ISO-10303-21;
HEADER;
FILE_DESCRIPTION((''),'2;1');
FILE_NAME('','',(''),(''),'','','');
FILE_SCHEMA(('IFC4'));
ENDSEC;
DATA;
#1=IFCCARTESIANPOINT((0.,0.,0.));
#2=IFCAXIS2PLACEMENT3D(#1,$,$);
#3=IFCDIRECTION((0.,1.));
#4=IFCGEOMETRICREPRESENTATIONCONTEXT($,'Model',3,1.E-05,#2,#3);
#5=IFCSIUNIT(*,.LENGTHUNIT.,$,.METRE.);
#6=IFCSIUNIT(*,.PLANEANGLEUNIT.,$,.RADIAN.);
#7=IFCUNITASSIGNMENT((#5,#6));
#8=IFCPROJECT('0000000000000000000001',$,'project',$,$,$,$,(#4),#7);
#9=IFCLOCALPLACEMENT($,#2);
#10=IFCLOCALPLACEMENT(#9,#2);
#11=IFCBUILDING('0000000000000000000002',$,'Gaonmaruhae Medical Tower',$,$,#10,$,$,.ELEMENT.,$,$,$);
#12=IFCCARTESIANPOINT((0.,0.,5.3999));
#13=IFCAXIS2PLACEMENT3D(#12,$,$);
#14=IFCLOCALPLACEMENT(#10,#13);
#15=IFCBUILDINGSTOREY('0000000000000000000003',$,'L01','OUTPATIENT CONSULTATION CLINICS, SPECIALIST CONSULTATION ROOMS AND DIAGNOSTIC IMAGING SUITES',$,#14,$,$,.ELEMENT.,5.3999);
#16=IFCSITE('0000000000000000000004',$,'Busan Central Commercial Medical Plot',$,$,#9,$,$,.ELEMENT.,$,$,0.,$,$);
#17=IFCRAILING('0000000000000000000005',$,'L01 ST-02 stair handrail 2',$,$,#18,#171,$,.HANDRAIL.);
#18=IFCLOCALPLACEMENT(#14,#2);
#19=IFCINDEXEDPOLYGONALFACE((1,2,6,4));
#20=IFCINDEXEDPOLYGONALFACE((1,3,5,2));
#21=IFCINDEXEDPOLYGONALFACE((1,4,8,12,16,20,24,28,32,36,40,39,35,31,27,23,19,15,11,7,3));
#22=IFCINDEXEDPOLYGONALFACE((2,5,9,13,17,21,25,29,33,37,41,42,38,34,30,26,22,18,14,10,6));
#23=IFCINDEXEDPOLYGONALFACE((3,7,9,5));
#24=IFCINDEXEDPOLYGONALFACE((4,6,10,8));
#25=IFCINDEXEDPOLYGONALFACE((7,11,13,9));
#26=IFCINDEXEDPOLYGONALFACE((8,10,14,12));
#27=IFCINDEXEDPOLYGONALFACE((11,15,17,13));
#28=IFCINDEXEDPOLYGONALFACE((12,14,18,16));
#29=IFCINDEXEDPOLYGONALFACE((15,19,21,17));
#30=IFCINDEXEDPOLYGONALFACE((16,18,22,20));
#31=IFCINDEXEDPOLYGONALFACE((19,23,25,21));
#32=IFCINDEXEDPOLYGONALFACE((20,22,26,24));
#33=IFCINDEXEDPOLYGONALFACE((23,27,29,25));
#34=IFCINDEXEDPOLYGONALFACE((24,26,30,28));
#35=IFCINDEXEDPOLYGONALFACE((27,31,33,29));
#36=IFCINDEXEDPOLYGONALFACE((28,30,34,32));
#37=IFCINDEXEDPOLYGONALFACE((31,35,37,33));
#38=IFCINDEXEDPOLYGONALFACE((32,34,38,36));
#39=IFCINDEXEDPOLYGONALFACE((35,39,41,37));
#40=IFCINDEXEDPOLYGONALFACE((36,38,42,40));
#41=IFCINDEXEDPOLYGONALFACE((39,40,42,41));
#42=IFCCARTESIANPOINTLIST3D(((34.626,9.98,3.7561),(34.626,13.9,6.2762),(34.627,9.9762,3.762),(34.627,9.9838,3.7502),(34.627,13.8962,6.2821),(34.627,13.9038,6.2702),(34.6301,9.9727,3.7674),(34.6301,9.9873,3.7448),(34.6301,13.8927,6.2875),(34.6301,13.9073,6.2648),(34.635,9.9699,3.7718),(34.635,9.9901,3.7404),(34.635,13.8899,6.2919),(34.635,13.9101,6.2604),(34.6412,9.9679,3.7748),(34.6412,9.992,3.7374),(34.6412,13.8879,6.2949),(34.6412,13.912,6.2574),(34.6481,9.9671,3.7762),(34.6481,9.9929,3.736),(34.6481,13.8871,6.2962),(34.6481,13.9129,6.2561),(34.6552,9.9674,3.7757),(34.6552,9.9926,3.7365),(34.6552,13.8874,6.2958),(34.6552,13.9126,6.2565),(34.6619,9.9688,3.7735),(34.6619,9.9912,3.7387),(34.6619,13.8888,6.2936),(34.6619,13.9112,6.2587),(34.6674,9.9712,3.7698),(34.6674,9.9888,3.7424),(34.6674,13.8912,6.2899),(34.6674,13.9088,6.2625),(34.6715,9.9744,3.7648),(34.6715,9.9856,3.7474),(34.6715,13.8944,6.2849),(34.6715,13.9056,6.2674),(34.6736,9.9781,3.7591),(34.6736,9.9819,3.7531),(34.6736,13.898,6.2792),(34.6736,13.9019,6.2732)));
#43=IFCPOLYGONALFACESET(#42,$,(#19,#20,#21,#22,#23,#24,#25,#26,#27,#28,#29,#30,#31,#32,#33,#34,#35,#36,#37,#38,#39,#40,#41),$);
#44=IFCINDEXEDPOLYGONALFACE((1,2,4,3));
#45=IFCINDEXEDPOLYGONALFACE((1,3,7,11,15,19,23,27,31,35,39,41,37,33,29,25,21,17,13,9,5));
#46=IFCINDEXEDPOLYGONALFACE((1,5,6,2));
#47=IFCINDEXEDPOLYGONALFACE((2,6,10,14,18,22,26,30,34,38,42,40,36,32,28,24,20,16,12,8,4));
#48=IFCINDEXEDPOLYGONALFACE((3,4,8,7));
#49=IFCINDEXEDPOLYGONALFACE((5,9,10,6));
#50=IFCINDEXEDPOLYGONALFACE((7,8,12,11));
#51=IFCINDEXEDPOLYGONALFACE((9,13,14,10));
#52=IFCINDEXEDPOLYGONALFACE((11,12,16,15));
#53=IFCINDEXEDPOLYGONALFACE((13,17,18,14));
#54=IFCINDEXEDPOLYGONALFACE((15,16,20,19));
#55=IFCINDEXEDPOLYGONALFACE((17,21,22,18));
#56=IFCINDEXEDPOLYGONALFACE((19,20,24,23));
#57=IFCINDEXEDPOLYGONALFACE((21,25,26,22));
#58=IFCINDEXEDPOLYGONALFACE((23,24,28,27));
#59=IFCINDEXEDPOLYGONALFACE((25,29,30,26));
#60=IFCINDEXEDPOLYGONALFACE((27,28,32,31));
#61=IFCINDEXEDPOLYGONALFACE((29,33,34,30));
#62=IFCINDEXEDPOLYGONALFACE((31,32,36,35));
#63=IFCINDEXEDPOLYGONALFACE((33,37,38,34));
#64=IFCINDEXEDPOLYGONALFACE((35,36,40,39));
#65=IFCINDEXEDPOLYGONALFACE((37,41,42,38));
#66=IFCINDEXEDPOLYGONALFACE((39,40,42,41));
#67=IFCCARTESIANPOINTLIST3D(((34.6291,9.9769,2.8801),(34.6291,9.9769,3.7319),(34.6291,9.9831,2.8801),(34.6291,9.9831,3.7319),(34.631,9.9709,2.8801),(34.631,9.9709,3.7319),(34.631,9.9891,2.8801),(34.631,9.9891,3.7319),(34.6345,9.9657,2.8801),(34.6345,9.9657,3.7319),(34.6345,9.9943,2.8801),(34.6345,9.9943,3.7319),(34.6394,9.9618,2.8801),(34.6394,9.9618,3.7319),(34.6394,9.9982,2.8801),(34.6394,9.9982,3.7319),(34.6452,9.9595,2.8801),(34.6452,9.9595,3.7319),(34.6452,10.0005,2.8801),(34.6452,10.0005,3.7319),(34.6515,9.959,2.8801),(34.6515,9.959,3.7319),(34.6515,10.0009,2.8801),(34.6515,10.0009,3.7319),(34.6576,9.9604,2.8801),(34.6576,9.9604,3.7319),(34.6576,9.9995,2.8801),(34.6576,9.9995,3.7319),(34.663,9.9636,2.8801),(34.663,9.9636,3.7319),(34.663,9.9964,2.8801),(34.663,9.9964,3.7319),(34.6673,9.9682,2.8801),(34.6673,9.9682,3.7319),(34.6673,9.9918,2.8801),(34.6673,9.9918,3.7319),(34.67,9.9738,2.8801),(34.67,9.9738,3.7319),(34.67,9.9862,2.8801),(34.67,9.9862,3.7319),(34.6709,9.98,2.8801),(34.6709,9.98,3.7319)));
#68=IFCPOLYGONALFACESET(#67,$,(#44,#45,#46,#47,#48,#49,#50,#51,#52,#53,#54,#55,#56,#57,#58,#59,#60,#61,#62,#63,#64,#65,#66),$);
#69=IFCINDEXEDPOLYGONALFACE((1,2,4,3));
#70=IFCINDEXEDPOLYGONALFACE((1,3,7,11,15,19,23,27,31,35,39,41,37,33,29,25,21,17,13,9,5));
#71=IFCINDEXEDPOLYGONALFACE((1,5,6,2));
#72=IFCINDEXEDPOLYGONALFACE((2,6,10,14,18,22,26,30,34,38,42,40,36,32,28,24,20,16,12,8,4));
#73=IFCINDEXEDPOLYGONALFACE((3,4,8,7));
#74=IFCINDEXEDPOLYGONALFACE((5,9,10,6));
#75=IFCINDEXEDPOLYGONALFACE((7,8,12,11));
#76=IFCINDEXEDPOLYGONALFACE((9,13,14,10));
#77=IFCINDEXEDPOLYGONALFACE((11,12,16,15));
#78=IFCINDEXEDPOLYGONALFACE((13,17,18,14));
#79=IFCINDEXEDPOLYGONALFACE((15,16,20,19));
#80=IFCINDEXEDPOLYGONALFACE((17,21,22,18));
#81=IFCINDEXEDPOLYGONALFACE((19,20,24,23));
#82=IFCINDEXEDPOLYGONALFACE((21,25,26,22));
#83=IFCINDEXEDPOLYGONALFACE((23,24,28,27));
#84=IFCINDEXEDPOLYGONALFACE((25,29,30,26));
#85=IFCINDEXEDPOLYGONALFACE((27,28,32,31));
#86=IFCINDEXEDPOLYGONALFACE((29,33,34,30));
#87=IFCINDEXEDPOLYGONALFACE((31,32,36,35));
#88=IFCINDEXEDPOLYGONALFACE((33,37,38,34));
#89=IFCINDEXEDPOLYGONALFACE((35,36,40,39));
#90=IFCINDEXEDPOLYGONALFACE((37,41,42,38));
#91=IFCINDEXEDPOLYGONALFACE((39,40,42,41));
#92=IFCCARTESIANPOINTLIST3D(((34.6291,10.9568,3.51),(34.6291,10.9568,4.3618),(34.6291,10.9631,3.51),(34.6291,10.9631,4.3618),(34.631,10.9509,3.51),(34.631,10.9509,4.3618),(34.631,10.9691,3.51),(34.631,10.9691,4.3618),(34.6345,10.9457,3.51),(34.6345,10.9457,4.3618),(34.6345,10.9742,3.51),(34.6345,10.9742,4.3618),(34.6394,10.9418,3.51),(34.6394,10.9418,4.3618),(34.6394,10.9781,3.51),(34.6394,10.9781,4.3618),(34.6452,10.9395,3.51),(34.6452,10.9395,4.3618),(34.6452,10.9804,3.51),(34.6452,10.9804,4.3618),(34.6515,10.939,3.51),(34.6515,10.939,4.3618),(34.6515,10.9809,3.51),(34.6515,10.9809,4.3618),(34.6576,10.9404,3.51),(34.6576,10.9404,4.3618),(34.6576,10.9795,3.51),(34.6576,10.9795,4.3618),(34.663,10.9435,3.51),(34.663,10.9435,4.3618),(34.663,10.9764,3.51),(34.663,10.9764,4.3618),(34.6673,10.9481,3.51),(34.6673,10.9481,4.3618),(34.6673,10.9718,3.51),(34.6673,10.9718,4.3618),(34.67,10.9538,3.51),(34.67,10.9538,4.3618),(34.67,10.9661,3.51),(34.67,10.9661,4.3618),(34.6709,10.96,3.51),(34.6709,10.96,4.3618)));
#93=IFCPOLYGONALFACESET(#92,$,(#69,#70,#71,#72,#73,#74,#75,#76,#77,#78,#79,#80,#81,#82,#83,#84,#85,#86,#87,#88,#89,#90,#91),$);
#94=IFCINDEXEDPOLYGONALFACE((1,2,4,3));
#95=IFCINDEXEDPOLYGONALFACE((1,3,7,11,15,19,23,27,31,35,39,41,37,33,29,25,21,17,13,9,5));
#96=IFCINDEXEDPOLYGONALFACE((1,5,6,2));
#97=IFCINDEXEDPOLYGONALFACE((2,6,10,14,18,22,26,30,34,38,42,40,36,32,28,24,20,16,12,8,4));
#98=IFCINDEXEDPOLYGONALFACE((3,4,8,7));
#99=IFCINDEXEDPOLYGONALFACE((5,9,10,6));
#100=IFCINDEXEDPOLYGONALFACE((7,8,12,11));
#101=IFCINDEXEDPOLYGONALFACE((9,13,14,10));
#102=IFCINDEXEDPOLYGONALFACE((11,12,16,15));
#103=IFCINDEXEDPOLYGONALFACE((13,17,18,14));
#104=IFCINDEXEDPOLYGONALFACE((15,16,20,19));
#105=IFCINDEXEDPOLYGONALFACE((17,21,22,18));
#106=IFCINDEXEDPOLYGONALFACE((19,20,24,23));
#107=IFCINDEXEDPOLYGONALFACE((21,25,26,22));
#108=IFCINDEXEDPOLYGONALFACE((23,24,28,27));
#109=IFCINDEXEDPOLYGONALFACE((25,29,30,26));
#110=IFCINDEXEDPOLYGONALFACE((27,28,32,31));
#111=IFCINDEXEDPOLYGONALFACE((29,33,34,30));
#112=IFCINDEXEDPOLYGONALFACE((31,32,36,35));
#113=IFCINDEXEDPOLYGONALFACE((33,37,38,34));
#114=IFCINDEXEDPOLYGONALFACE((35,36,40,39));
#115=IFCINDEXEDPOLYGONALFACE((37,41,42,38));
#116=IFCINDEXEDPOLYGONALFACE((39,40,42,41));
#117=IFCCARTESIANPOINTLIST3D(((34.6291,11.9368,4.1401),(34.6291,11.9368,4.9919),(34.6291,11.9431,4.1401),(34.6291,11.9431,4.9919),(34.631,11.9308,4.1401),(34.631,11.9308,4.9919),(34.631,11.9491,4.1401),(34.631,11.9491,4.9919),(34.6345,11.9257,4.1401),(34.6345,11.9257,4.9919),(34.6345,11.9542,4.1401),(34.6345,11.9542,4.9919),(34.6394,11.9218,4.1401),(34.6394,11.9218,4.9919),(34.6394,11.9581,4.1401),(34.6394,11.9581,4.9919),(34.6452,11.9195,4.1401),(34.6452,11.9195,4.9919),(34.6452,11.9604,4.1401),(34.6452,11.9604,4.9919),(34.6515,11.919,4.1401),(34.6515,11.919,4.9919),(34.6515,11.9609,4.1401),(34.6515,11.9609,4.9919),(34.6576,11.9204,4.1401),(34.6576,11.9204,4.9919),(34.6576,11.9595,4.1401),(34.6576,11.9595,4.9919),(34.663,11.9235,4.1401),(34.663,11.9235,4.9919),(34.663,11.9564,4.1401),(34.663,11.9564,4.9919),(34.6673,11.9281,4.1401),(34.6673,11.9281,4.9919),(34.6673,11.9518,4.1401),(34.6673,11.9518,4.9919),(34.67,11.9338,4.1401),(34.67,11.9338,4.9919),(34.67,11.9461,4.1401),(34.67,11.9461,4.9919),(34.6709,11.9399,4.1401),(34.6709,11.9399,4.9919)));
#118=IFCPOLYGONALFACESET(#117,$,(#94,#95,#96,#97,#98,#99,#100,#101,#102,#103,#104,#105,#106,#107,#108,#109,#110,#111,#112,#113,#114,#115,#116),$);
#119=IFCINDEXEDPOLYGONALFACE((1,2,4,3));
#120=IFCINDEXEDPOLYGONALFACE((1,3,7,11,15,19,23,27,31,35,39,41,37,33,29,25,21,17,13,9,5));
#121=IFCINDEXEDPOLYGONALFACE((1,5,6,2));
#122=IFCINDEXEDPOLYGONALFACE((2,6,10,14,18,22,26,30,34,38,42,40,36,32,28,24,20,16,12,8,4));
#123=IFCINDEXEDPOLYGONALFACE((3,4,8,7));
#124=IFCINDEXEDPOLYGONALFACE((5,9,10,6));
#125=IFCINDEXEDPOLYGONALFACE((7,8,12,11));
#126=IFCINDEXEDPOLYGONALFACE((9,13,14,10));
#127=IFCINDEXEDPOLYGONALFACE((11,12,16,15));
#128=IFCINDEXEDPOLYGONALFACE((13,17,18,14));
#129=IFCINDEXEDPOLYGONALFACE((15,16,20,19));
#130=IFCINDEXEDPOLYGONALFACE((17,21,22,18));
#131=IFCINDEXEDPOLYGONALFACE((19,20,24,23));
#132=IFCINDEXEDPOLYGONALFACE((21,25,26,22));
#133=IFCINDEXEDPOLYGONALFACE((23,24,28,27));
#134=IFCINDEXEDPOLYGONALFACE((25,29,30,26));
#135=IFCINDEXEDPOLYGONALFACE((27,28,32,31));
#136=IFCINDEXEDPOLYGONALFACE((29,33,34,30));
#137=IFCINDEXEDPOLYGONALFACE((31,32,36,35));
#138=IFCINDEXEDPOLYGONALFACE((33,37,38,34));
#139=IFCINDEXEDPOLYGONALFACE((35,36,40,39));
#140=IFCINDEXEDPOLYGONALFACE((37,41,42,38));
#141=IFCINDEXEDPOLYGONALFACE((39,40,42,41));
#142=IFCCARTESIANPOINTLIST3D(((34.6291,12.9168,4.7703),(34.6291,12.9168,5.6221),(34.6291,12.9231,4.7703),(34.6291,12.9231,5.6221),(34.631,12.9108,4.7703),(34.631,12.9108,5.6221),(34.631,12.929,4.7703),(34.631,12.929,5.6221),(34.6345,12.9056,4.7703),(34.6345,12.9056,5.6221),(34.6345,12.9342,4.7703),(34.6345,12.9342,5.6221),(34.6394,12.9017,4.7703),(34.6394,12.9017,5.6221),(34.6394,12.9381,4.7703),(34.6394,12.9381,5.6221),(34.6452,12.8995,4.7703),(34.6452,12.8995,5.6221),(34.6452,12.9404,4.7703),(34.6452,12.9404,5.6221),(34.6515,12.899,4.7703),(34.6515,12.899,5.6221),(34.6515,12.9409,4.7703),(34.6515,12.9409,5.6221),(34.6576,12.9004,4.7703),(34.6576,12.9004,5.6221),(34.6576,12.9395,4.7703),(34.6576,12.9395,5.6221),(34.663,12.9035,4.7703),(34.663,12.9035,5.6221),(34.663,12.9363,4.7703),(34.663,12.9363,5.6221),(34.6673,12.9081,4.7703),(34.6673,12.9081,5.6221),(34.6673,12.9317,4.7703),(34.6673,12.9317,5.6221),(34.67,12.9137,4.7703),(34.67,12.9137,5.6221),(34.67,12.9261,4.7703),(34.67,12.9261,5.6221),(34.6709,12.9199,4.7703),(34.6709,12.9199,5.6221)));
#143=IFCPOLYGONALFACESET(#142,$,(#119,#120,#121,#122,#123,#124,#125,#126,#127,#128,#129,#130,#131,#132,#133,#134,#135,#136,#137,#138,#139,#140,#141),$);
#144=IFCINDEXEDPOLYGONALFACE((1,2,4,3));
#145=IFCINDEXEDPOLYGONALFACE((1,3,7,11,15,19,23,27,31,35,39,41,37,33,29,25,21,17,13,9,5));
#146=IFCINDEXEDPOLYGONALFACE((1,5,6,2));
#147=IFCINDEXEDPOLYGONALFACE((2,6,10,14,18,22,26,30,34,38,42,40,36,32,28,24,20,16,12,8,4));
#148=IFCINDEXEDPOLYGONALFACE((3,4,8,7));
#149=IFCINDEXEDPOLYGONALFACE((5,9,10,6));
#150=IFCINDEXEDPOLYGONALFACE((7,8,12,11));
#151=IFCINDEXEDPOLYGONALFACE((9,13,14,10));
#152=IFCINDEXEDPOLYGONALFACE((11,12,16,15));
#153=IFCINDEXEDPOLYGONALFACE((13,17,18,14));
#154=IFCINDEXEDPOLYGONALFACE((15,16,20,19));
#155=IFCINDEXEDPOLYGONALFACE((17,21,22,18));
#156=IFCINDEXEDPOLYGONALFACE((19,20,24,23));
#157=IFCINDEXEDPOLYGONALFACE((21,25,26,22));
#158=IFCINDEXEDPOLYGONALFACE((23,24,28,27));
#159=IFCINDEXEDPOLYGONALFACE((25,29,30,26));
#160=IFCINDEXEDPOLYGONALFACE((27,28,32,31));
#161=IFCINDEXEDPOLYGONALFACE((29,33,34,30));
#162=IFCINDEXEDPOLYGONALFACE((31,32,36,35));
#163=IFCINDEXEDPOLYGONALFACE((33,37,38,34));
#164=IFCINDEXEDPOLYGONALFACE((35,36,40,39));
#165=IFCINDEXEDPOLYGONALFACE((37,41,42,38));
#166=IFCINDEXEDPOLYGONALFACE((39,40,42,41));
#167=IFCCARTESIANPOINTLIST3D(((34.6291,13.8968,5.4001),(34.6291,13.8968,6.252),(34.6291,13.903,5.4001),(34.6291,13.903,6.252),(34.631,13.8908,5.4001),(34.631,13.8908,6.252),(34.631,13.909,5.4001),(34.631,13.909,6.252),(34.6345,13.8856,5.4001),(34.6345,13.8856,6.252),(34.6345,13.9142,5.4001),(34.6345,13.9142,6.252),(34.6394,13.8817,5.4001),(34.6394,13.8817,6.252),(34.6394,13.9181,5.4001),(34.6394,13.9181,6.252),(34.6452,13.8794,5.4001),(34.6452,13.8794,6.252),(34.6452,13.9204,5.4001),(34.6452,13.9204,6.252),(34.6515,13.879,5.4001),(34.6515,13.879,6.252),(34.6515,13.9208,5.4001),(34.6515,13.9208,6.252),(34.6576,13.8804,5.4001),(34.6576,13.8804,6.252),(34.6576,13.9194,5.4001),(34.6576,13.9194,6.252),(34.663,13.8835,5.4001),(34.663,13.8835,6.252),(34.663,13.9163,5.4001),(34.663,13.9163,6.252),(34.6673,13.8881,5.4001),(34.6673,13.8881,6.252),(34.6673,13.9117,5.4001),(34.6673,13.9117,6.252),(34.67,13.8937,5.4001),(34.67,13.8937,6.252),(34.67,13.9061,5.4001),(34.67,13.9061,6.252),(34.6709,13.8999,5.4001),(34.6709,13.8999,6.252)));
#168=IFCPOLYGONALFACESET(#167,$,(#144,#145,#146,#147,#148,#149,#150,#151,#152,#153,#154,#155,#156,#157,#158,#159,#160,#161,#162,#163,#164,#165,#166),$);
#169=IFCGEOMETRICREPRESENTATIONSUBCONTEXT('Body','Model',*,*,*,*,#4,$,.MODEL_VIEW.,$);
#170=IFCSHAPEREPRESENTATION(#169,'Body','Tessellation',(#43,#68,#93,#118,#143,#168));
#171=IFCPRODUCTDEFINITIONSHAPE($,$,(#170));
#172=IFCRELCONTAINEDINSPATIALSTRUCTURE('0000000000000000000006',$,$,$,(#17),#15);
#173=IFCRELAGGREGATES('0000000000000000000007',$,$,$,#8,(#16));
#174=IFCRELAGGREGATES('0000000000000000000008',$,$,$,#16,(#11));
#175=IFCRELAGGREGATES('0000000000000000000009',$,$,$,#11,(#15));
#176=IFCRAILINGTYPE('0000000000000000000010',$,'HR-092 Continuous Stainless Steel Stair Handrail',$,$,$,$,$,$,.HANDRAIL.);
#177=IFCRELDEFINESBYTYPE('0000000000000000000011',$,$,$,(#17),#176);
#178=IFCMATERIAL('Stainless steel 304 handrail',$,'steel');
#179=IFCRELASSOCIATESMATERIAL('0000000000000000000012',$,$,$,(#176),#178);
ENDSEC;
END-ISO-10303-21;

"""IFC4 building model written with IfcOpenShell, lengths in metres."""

from ifc_helpers import new_model, si_unit, direction, frame, origin, origin_2d, place, context, subcontext, project, spatial, circle, extrude, material, type_object, element, save


model = new_model("IFC4")

# Units and contexts
model_context = context("Model", 3, precision=1e-05, world=origin(), true_north=direction((0.0, 1.0)))
body_context = subcontext(model_context, "Body", "Model", "MODEL_VIEW")
ifc_project = project(units=[si_unit("LENGTHUNIT", "METRE"), si_unit("PLANEANGLEUNIT", "RADIAN")], contexts=[model_context])

# Site, building, storey
site_placement = place(None, origin())
site = spatial("IfcSite", under=ifc_project, at=site_placement, Name="Busan Central Commercial Medical Plot", CompositionType="ELEMENT", RefElevation=0.0)
building_placement = place(site_placement, origin())
building = spatial("IfcBuilding", under=site, at=building_placement, Name="Gaonmaruhae Medical Tower", CompositionType="ELEMENT")
storey_placement = place(building_placement, frame((0.0, 0.0, 5.3999)))
storey = spatial("IfcBuildingStorey", under=building, at=storey_placement, Name="L01", Description="OUTPATIENT CONSULTATION CLINICS, SPECIALIST CONSULTATION ROOMS AND DIAGNOSTIC IMAGING SUITES", CompositionType="ELEMENT", Elevation=5.3999)

# Railing
ifc_material_1 = material(Name="Stainless steel 304 handrail", Category="steel")
railing_type_1 = type_object("IfcRailingType", Name="HR-092 Continuous Stainless Steel Stair Handrail", PredefinedType="HANDRAIL", material=ifc_material_1)
railing_1_placement = place(storey_placement, frame((34.6499, 9.98, 2.8801)))
element("IfcRailing", 1, at=railing_1_placement, inside=storey, type_object=railing_type_1, Name="L01 ST-02 stair handrail 2", PredefinedType="HANDRAIL", context=body_context, shape_type="SweptSolid", body=[
    extrude(circle(Radius=0.0239, at=origin_2d()), frame((0.0, 0.0, 0.876), z_axis=(0.0, 0.841172, 0.540768), x_axis=(-1.0, 0.0, 0.0)), (0.0, 0.0, 1.0), 4.6602),
    extrude(circle(Radius=0.021, at=origin_2d()), origin(), (0.0, 0.0, 1.0), 0.8518),
    extrude(circle(Radius=0.021, at=origin_2d()), frame((0.0, 0.98, 0.6299)), (0.0, 0.0, 1.0), 0.8518),
    extrude(circle(Radius=0.021, at=origin_2d()), frame((0.0, 1.96, 1.26)), (0.0, 0.0, 1.0), 0.8518),
    extrude(circle(Radius=0.021, at=origin_2d()), frame((0.0, 2.9399, 1.8901)), (0.0, 0.0, 1.0), 0.8518),
    extrude(circle(Radius=0.021, at=origin_2d()), frame((0.0, 3.9199, 2.52)), (0.0, 0.0, 1.0), 0.8518),
])

save(model, "model.ifc")
